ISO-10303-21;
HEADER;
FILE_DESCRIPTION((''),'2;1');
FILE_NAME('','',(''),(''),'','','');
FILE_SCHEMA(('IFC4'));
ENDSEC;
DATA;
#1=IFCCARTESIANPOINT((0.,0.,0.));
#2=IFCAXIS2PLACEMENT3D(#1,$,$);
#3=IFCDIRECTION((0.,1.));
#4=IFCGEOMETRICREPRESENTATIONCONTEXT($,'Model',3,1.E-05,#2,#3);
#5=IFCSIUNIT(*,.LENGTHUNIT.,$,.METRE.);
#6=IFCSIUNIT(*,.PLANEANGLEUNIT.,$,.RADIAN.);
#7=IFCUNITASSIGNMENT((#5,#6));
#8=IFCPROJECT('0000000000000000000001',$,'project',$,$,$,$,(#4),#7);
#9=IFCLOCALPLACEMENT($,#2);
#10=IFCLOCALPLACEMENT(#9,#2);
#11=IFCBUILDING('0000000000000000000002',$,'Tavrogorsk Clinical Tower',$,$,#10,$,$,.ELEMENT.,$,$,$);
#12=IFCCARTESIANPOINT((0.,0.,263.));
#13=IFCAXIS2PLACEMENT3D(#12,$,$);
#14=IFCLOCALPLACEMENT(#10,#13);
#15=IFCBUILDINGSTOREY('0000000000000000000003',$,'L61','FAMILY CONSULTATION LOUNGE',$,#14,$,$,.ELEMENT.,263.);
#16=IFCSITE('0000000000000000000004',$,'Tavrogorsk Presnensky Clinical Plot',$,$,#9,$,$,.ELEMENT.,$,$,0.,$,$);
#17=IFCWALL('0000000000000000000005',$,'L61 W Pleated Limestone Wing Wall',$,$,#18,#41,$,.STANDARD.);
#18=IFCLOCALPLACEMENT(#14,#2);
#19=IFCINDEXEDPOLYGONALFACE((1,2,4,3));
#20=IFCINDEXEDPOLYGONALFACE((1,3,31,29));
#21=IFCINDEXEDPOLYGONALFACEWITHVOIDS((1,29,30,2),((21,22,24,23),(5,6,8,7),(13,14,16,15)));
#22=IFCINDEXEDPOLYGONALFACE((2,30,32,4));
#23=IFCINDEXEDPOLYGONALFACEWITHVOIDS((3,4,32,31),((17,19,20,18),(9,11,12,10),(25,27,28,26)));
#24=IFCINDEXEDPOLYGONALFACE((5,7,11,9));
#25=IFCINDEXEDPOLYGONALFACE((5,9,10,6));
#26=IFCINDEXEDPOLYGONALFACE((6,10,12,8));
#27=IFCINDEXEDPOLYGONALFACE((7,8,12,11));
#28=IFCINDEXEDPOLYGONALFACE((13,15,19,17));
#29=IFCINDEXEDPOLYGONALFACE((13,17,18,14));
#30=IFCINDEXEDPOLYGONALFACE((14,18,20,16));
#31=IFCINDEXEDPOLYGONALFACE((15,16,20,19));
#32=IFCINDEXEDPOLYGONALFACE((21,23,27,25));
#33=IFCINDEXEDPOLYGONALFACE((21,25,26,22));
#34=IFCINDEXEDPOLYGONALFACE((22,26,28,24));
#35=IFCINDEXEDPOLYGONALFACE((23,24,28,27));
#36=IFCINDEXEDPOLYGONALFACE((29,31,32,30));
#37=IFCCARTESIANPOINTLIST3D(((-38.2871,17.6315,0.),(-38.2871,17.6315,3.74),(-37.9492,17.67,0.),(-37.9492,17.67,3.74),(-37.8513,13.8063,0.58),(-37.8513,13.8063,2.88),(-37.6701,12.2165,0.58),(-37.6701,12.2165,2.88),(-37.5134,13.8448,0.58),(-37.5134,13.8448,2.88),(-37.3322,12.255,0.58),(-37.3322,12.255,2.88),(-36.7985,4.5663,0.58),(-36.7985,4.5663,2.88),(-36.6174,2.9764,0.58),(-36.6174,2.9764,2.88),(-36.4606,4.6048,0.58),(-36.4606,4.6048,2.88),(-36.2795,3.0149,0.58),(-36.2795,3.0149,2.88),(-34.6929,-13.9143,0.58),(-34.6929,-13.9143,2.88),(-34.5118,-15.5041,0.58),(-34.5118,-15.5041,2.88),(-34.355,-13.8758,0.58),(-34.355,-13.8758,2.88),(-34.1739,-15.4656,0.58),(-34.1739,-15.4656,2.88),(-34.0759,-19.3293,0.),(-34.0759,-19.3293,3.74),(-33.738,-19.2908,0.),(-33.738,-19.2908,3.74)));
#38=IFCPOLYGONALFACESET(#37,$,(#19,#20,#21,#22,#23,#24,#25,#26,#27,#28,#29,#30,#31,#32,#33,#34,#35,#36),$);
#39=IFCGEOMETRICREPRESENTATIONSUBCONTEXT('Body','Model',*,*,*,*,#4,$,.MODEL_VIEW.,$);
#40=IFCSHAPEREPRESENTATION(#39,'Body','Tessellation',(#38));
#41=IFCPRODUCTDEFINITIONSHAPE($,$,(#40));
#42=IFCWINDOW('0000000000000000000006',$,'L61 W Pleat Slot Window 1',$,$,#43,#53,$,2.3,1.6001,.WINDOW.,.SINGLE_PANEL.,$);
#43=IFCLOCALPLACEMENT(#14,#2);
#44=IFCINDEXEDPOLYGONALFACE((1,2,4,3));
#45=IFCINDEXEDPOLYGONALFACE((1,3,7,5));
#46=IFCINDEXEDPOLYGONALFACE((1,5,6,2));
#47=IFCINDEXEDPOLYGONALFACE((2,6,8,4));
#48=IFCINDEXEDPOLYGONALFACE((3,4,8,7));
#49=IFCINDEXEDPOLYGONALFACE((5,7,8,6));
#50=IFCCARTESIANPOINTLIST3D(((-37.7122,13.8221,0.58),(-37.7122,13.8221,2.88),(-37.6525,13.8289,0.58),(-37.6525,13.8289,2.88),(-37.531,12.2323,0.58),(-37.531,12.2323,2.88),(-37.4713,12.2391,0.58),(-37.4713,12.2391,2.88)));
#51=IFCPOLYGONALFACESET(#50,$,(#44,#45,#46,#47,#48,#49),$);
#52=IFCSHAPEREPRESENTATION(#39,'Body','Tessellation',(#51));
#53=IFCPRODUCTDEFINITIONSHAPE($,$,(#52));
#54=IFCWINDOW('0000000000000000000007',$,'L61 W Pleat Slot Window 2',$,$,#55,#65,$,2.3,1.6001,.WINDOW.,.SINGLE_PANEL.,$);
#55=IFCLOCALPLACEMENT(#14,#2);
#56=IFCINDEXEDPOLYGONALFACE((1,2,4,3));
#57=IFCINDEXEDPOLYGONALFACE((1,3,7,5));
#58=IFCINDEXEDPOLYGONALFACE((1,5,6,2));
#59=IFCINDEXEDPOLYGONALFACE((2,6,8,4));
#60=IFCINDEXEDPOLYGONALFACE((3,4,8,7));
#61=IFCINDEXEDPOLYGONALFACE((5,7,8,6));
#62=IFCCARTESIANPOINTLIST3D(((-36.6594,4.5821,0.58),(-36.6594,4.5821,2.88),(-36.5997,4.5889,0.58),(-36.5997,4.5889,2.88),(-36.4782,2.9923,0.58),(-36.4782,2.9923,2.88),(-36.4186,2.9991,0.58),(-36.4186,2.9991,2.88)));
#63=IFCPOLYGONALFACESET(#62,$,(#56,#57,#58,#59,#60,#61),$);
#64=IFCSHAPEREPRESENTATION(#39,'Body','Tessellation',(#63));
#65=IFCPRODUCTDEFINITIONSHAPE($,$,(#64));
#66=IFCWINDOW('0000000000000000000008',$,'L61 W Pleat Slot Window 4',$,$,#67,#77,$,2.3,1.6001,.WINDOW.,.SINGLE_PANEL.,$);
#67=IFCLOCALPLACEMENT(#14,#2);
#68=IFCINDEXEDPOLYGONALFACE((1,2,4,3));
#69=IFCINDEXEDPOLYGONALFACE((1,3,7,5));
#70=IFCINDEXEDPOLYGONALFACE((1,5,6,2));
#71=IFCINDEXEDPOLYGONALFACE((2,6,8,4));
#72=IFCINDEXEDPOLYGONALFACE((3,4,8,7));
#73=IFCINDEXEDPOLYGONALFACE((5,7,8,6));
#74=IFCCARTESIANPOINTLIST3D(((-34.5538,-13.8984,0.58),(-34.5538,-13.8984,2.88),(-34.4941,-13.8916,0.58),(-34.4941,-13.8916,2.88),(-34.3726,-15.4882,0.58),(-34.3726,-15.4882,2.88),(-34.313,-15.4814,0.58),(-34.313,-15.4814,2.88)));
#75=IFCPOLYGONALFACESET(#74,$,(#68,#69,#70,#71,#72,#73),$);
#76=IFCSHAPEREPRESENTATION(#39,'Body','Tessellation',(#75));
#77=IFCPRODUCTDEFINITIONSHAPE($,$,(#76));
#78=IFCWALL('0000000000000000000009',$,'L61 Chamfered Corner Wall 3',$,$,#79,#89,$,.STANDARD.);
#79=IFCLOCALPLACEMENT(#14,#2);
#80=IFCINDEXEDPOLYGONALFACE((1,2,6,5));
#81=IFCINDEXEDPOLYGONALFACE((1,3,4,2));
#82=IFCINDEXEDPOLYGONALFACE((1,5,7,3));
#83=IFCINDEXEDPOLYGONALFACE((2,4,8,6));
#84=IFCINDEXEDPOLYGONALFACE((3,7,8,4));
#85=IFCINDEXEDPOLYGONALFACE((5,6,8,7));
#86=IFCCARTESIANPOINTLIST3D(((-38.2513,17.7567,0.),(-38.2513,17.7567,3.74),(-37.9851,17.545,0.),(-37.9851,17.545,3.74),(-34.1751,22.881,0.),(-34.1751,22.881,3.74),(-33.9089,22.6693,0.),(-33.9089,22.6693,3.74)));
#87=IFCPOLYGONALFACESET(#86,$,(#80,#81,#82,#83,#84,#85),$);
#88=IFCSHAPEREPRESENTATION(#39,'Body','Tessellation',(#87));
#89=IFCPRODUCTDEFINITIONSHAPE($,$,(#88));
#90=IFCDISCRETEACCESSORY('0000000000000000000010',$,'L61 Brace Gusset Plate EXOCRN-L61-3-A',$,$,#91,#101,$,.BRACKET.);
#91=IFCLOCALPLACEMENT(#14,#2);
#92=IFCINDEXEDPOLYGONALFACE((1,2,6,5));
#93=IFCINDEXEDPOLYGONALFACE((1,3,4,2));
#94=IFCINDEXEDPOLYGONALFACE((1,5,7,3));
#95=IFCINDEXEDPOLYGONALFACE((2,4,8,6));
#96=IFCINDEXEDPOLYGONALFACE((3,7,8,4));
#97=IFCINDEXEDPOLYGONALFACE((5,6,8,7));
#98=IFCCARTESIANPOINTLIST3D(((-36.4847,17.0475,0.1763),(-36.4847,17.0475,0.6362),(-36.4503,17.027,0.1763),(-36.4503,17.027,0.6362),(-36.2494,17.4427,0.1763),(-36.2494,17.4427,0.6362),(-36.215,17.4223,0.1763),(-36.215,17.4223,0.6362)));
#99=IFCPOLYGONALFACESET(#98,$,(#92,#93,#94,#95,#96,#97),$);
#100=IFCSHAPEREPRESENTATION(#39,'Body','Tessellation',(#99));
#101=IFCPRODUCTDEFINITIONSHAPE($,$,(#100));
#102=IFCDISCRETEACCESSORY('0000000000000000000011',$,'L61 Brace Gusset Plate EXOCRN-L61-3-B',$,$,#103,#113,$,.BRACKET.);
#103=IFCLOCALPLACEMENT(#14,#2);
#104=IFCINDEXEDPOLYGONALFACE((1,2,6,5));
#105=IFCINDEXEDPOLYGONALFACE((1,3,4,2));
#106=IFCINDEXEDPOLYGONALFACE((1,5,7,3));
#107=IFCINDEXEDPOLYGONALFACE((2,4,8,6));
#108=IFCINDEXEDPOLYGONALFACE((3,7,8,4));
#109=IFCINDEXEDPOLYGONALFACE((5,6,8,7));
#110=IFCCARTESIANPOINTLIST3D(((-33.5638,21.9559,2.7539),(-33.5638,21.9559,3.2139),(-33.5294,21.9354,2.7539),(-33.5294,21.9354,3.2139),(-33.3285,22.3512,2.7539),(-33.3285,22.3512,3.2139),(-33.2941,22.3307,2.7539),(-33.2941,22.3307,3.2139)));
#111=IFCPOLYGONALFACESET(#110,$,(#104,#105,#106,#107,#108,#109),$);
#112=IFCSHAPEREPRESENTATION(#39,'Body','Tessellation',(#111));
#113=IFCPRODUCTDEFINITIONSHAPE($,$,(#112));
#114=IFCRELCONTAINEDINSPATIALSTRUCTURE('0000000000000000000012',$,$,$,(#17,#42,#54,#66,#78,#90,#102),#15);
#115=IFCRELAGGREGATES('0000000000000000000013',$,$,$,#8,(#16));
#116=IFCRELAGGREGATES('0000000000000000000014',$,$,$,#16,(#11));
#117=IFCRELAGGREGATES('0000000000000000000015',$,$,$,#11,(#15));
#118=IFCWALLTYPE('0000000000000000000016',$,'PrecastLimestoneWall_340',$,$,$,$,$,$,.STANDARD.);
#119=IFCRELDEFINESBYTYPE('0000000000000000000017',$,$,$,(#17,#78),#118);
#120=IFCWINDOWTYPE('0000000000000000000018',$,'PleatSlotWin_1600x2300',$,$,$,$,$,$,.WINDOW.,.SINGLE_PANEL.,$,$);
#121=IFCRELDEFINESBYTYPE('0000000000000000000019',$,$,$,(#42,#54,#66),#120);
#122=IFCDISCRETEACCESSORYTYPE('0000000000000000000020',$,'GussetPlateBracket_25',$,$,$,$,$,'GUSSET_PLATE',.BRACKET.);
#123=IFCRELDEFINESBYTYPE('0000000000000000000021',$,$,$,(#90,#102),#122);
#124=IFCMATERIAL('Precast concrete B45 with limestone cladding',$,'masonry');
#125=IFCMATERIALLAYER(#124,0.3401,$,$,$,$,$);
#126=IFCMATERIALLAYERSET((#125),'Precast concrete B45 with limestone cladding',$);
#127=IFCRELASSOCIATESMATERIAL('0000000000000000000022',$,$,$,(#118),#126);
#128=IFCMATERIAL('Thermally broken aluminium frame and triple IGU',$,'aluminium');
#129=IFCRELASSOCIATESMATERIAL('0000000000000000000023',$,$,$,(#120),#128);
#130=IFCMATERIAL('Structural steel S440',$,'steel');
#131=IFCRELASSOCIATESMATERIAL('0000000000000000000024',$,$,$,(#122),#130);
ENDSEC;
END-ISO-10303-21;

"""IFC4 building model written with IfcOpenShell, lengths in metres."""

from ifc_helpers import new_model, si_unit, direction, frame, frame_2d, origin, origin_2d, place, context, subcontext, project, spatial, rectangle, extrude, material, layer, layer_set, type_object, element, fill, save


model = new_model("IFC4")

# Units and contexts
model_context = context("Model", 3, precision=1e-05, world=origin(), true_north=direction((0.0, 1.0)))
body_context = subcontext(model_context, "Body", "Model", "MODEL_VIEW")
ifc_project = project(units=[si_unit("LENGTHUNIT", "METRE"), si_unit("PLANEANGLEUNIT", "RADIAN")], contexts=[model_context])

# Site, building, storey
site_placement = place(None, origin())
site = spatial("IfcSite", under=ifc_project, at=site_placement, Name="Tavrogorsk Presnensky Clinical Plot", CompositionType="ELEMENT", RefElevation=0.0)
building_placement = place(site_placement, origin())
building = spatial("IfcBuilding", under=site, at=building_placement, Name="Tavrogorsk Clinical Tower", CompositionType="ELEMENT")
storey_placement = place(building_placement, frame((0.0, 0.0, 263.0)))
storey = spatial("IfcBuildingStorey", under=building, at=storey_placement, Name="L61", Description="FAMILY CONSULTATION LOUNGE", CompositionType="ELEMENT", Elevation=263.0)

# Wall, openings, windows
ifc_material_1 = material(Name="Precast concrete B45 with limestone cladding", Category="masonry")
ifc_layer_1 = layer(ifc_material_1, 0.3401)
ifc_layer_set_1 = layer_set([ifc_layer_1], Name="Precast concrete B45 with limestone cladding")
wall_type_1 = type_object("IfcWallType", Name="PrecastLimestoneWall_340", PredefinedType="STANDARD", material=ifc_layer_set_1)
wall_1_placement = place(storey_placement, frame((-38.1182, 17.6509, 0.0), z_axis=(0.0, 0.0, 1.0), x_axis=(0.113204, -0.993572, 0.0)))
wall_1 = element("IfcWall", 1, at=wall_1_placement, inside=storey, type_object=wall_type_1, Name="L61 W Pleated Limestone Wing Wall", PredefinedType="STANDARD", context=body_context, shape_type="SweptSolid", body=[
    extrude(rectangle(XDim=37.2, YDim=0.3401, at=frame_2d((18.6001, 0.0))), origin(), (0.0, 0.0, 1.0), 3.74),
])
opening_1_placement = place(wall_1_placement, frame((3.8501, 0.0, 0.5801)))
opening_1 = element("IfcOpeningElement", 2, at=opening_1_placement, cuts=wall_1, PredefinedType="OPENING", context=body_context, shape_type="SweptSolid", body=[
    extrude(rectangle(XDim=1.6001, YDim=2.3, at=frame_2d((0.8, 1.1499))), frame((0.0, 0.1799, 0.0), z_axis=(0.0, -1.0, 0.0), x_axis=(1.0, 0.0, 0.0)), (0.0, 0.0, 1.0), 0.3601),
])
opening_2_placement = place(wall_1_placement, frame((13.1499, 0.0, 0.5801)))
opening_2 = element("IfcOpeningElement", 3, at=opening_2_placement, cuts=wall_1, PredefinedType="OPENING", context=body_context, shape_type="SweptSolid", body=[
    extrude(rectangle(XDim=1.6001, YDim=2.3, at=frame_2d((0.8, 1.1499))), frame((0.0, 0.1799, 0.0), z_axis=(0.0, -1.0, 0.0), x_axis=(1.0, 0.0, 0.0)), (0.0, 0.0, 1.0), 0.3601),
])
opening_3_placement = place(wall_1_placement, frame((31.75, 0.0, 0.5801)))
opening_3 = element("IfcOpeningElement", 4, at=opening_3_placement, cuts=wall_1, PredefinedType="OPENING", context=body_context, shape_type="SweptSolid", body=[
    extrude(rectangle(XDim=1.6001, YDim=2.3, at=frame_2d((0.8, 1.1499))), frame((0.0, 0.1799, 0.0), z_axis=(0.0, -1.0, 0.0), x_axis=(1.0, 0.0, 0.0)), (0.0, 0.0, 1.0), 0.3601),
])
ifc_material_2 = material(Name="Thermally broken aluminium frame and triple IGU", Category="aluminium")
window_type = type_object("IfcWindowType", Name="PleatSlotWin_1600x2300", PartitioningType="SINGLE_PANEL", PredefinedType="WINDOW", material=ifc_material_2)
window_1_placement = place(opening_1_placement, origin())
window_1 = element("IfcWindow", 5, at=window_1_placement, inside=storey, type_object=window_type, Name="L61 W Pleat Slot Window 1", OverallHeight=2.3, OverallWidth=1.6001, PartitioningType="SINGLE_PANEL", PredefinedType="WINDOW", context=body_context, shape_type="SweptSolid", body=[
    extrude(rectangle(XDim=1.6001, YDim=2.3, at=frame_2d((0.8, 1.1499))), frame((0.0, 0.03, 0.0), z_axis=(0.0, -1.0, 0.0), x_axis=(1.0, 0.0, 0.0)), (0.0, 0.0, 1.0), 0.0601),
])
fill(opening_1, window_1)
window_2_placement = place(opening_2_placement, origin())
window_2 = element("IfcWindow", 6, at=window_2_placement, inside=storey, type_object=window_type, Name="L61 W Pleat Slot Window 2", OverallHeight=2.3, OverallWidth=1.6001, PartitioningType="SINGLE_PANEL", PredefinedType="WINDOW", context=body_context, shape_type="SweptSolid", body=[
    extrude(rectangle(XDim=1.6001, YDim=2.3, at=frame_2d((0.8, 1.1499))), frame((0.0, 0.03, 0.0), z_axis=(0.0, -1.0, 0.0), x_axis=(1.0, 0.0, 0.0)), (0.0, 0.0, 1.0), 0.0601),
])
fill(opening_2, window_2)
window_3_placement = place(opening_3_placement, origin())
window_3 = element("IfcWindow", 7, at=window_3_placement, inside=storey, type_object=window_type, Name="L61 W Pleat Slot Window 4", OverallHeight=2.3, OverallWidth=1.6001, PartitioningType="SINGLE_PANEL", PredefinedType="WINDOW", context=body_context, shape_type="SweptSolid", body=[
    extrude(rectangle(XDim=1.6001, YDim=2.3, at=frame_2d((0.8, 1.1499))), frame((0.0, 0.03, 0.0), z_axis=(0.0, -1.0, 0.0), x_axis=(1.0, 0.0, 0.0)), (0.0, 0.0, 1.0), 0.0601),
])
fill(opening_3, window_3)

# Wall
wall_2_placement = place(storey_placement, frame((-34.042, 22.7751, 0.0), z_axis=(0.0, 0.0, 1.0), x_axis=(-0.622528, -0.782597, 0.0)))
element("IfcWall", 8, at=wall_2_placement, inside=storey, type_object=wall_type_1, Name="L61 Chamfered Corner Wall 3", PredefinedType="STANDARD", context=body_context, shape_type="SweptSolid", body=[
    extrude(rectangle(XDim=6.5479, YDim=0.3401, at=frame_2d((3.2739, 0.0))), origin(), (0.0, 0.0, 1.0), 3.74),
])

# Discrete accessories
ifc_material_3 = material(Name="Structural steel S440", Category="steel")
discrete_accessory_type = type_object("IfcDiscreteAccessoryType", Name="GussetPlateBracket_25", ElementType="GUSSET_PLATE", PredefinedType="BRACKET", material=ifc_material_3)
for number, where, z_axis, x_axis, name in (
    (9, (-36.3499, 17.2349, 0.1763), (0.0, 0.0, 1.0), (0.511443, 0.859317, 0.0), "L61 Brace Gusset Plate EXOCRN-L61-3-A"),
    (10, (-33.429, 22.1433, 2.7539), (0.0, 0.0, 1.0), (0.511443, 0.859317, 0.0), "L61 Brace Gusset Plate EXOCRN-L61-3-B"),
):
    element("IfcDiscreteAccessory", number, at=place(storey_placement, frame(where, z_axis=z_axis, x_axis=x_axis)), inside=storey, type_object=discrete_accessory_type, Name=name, PredefinedType="BRACKET", context=body_context, shape_type="SweptSolid", body=[
        extrude(rectangle(XDim=0.46, YDim=0.04, at=origin_2d()), origin(), (0.0, 0.0, 1.0), 0.46),
    ])

save(model, "model.ifc")
